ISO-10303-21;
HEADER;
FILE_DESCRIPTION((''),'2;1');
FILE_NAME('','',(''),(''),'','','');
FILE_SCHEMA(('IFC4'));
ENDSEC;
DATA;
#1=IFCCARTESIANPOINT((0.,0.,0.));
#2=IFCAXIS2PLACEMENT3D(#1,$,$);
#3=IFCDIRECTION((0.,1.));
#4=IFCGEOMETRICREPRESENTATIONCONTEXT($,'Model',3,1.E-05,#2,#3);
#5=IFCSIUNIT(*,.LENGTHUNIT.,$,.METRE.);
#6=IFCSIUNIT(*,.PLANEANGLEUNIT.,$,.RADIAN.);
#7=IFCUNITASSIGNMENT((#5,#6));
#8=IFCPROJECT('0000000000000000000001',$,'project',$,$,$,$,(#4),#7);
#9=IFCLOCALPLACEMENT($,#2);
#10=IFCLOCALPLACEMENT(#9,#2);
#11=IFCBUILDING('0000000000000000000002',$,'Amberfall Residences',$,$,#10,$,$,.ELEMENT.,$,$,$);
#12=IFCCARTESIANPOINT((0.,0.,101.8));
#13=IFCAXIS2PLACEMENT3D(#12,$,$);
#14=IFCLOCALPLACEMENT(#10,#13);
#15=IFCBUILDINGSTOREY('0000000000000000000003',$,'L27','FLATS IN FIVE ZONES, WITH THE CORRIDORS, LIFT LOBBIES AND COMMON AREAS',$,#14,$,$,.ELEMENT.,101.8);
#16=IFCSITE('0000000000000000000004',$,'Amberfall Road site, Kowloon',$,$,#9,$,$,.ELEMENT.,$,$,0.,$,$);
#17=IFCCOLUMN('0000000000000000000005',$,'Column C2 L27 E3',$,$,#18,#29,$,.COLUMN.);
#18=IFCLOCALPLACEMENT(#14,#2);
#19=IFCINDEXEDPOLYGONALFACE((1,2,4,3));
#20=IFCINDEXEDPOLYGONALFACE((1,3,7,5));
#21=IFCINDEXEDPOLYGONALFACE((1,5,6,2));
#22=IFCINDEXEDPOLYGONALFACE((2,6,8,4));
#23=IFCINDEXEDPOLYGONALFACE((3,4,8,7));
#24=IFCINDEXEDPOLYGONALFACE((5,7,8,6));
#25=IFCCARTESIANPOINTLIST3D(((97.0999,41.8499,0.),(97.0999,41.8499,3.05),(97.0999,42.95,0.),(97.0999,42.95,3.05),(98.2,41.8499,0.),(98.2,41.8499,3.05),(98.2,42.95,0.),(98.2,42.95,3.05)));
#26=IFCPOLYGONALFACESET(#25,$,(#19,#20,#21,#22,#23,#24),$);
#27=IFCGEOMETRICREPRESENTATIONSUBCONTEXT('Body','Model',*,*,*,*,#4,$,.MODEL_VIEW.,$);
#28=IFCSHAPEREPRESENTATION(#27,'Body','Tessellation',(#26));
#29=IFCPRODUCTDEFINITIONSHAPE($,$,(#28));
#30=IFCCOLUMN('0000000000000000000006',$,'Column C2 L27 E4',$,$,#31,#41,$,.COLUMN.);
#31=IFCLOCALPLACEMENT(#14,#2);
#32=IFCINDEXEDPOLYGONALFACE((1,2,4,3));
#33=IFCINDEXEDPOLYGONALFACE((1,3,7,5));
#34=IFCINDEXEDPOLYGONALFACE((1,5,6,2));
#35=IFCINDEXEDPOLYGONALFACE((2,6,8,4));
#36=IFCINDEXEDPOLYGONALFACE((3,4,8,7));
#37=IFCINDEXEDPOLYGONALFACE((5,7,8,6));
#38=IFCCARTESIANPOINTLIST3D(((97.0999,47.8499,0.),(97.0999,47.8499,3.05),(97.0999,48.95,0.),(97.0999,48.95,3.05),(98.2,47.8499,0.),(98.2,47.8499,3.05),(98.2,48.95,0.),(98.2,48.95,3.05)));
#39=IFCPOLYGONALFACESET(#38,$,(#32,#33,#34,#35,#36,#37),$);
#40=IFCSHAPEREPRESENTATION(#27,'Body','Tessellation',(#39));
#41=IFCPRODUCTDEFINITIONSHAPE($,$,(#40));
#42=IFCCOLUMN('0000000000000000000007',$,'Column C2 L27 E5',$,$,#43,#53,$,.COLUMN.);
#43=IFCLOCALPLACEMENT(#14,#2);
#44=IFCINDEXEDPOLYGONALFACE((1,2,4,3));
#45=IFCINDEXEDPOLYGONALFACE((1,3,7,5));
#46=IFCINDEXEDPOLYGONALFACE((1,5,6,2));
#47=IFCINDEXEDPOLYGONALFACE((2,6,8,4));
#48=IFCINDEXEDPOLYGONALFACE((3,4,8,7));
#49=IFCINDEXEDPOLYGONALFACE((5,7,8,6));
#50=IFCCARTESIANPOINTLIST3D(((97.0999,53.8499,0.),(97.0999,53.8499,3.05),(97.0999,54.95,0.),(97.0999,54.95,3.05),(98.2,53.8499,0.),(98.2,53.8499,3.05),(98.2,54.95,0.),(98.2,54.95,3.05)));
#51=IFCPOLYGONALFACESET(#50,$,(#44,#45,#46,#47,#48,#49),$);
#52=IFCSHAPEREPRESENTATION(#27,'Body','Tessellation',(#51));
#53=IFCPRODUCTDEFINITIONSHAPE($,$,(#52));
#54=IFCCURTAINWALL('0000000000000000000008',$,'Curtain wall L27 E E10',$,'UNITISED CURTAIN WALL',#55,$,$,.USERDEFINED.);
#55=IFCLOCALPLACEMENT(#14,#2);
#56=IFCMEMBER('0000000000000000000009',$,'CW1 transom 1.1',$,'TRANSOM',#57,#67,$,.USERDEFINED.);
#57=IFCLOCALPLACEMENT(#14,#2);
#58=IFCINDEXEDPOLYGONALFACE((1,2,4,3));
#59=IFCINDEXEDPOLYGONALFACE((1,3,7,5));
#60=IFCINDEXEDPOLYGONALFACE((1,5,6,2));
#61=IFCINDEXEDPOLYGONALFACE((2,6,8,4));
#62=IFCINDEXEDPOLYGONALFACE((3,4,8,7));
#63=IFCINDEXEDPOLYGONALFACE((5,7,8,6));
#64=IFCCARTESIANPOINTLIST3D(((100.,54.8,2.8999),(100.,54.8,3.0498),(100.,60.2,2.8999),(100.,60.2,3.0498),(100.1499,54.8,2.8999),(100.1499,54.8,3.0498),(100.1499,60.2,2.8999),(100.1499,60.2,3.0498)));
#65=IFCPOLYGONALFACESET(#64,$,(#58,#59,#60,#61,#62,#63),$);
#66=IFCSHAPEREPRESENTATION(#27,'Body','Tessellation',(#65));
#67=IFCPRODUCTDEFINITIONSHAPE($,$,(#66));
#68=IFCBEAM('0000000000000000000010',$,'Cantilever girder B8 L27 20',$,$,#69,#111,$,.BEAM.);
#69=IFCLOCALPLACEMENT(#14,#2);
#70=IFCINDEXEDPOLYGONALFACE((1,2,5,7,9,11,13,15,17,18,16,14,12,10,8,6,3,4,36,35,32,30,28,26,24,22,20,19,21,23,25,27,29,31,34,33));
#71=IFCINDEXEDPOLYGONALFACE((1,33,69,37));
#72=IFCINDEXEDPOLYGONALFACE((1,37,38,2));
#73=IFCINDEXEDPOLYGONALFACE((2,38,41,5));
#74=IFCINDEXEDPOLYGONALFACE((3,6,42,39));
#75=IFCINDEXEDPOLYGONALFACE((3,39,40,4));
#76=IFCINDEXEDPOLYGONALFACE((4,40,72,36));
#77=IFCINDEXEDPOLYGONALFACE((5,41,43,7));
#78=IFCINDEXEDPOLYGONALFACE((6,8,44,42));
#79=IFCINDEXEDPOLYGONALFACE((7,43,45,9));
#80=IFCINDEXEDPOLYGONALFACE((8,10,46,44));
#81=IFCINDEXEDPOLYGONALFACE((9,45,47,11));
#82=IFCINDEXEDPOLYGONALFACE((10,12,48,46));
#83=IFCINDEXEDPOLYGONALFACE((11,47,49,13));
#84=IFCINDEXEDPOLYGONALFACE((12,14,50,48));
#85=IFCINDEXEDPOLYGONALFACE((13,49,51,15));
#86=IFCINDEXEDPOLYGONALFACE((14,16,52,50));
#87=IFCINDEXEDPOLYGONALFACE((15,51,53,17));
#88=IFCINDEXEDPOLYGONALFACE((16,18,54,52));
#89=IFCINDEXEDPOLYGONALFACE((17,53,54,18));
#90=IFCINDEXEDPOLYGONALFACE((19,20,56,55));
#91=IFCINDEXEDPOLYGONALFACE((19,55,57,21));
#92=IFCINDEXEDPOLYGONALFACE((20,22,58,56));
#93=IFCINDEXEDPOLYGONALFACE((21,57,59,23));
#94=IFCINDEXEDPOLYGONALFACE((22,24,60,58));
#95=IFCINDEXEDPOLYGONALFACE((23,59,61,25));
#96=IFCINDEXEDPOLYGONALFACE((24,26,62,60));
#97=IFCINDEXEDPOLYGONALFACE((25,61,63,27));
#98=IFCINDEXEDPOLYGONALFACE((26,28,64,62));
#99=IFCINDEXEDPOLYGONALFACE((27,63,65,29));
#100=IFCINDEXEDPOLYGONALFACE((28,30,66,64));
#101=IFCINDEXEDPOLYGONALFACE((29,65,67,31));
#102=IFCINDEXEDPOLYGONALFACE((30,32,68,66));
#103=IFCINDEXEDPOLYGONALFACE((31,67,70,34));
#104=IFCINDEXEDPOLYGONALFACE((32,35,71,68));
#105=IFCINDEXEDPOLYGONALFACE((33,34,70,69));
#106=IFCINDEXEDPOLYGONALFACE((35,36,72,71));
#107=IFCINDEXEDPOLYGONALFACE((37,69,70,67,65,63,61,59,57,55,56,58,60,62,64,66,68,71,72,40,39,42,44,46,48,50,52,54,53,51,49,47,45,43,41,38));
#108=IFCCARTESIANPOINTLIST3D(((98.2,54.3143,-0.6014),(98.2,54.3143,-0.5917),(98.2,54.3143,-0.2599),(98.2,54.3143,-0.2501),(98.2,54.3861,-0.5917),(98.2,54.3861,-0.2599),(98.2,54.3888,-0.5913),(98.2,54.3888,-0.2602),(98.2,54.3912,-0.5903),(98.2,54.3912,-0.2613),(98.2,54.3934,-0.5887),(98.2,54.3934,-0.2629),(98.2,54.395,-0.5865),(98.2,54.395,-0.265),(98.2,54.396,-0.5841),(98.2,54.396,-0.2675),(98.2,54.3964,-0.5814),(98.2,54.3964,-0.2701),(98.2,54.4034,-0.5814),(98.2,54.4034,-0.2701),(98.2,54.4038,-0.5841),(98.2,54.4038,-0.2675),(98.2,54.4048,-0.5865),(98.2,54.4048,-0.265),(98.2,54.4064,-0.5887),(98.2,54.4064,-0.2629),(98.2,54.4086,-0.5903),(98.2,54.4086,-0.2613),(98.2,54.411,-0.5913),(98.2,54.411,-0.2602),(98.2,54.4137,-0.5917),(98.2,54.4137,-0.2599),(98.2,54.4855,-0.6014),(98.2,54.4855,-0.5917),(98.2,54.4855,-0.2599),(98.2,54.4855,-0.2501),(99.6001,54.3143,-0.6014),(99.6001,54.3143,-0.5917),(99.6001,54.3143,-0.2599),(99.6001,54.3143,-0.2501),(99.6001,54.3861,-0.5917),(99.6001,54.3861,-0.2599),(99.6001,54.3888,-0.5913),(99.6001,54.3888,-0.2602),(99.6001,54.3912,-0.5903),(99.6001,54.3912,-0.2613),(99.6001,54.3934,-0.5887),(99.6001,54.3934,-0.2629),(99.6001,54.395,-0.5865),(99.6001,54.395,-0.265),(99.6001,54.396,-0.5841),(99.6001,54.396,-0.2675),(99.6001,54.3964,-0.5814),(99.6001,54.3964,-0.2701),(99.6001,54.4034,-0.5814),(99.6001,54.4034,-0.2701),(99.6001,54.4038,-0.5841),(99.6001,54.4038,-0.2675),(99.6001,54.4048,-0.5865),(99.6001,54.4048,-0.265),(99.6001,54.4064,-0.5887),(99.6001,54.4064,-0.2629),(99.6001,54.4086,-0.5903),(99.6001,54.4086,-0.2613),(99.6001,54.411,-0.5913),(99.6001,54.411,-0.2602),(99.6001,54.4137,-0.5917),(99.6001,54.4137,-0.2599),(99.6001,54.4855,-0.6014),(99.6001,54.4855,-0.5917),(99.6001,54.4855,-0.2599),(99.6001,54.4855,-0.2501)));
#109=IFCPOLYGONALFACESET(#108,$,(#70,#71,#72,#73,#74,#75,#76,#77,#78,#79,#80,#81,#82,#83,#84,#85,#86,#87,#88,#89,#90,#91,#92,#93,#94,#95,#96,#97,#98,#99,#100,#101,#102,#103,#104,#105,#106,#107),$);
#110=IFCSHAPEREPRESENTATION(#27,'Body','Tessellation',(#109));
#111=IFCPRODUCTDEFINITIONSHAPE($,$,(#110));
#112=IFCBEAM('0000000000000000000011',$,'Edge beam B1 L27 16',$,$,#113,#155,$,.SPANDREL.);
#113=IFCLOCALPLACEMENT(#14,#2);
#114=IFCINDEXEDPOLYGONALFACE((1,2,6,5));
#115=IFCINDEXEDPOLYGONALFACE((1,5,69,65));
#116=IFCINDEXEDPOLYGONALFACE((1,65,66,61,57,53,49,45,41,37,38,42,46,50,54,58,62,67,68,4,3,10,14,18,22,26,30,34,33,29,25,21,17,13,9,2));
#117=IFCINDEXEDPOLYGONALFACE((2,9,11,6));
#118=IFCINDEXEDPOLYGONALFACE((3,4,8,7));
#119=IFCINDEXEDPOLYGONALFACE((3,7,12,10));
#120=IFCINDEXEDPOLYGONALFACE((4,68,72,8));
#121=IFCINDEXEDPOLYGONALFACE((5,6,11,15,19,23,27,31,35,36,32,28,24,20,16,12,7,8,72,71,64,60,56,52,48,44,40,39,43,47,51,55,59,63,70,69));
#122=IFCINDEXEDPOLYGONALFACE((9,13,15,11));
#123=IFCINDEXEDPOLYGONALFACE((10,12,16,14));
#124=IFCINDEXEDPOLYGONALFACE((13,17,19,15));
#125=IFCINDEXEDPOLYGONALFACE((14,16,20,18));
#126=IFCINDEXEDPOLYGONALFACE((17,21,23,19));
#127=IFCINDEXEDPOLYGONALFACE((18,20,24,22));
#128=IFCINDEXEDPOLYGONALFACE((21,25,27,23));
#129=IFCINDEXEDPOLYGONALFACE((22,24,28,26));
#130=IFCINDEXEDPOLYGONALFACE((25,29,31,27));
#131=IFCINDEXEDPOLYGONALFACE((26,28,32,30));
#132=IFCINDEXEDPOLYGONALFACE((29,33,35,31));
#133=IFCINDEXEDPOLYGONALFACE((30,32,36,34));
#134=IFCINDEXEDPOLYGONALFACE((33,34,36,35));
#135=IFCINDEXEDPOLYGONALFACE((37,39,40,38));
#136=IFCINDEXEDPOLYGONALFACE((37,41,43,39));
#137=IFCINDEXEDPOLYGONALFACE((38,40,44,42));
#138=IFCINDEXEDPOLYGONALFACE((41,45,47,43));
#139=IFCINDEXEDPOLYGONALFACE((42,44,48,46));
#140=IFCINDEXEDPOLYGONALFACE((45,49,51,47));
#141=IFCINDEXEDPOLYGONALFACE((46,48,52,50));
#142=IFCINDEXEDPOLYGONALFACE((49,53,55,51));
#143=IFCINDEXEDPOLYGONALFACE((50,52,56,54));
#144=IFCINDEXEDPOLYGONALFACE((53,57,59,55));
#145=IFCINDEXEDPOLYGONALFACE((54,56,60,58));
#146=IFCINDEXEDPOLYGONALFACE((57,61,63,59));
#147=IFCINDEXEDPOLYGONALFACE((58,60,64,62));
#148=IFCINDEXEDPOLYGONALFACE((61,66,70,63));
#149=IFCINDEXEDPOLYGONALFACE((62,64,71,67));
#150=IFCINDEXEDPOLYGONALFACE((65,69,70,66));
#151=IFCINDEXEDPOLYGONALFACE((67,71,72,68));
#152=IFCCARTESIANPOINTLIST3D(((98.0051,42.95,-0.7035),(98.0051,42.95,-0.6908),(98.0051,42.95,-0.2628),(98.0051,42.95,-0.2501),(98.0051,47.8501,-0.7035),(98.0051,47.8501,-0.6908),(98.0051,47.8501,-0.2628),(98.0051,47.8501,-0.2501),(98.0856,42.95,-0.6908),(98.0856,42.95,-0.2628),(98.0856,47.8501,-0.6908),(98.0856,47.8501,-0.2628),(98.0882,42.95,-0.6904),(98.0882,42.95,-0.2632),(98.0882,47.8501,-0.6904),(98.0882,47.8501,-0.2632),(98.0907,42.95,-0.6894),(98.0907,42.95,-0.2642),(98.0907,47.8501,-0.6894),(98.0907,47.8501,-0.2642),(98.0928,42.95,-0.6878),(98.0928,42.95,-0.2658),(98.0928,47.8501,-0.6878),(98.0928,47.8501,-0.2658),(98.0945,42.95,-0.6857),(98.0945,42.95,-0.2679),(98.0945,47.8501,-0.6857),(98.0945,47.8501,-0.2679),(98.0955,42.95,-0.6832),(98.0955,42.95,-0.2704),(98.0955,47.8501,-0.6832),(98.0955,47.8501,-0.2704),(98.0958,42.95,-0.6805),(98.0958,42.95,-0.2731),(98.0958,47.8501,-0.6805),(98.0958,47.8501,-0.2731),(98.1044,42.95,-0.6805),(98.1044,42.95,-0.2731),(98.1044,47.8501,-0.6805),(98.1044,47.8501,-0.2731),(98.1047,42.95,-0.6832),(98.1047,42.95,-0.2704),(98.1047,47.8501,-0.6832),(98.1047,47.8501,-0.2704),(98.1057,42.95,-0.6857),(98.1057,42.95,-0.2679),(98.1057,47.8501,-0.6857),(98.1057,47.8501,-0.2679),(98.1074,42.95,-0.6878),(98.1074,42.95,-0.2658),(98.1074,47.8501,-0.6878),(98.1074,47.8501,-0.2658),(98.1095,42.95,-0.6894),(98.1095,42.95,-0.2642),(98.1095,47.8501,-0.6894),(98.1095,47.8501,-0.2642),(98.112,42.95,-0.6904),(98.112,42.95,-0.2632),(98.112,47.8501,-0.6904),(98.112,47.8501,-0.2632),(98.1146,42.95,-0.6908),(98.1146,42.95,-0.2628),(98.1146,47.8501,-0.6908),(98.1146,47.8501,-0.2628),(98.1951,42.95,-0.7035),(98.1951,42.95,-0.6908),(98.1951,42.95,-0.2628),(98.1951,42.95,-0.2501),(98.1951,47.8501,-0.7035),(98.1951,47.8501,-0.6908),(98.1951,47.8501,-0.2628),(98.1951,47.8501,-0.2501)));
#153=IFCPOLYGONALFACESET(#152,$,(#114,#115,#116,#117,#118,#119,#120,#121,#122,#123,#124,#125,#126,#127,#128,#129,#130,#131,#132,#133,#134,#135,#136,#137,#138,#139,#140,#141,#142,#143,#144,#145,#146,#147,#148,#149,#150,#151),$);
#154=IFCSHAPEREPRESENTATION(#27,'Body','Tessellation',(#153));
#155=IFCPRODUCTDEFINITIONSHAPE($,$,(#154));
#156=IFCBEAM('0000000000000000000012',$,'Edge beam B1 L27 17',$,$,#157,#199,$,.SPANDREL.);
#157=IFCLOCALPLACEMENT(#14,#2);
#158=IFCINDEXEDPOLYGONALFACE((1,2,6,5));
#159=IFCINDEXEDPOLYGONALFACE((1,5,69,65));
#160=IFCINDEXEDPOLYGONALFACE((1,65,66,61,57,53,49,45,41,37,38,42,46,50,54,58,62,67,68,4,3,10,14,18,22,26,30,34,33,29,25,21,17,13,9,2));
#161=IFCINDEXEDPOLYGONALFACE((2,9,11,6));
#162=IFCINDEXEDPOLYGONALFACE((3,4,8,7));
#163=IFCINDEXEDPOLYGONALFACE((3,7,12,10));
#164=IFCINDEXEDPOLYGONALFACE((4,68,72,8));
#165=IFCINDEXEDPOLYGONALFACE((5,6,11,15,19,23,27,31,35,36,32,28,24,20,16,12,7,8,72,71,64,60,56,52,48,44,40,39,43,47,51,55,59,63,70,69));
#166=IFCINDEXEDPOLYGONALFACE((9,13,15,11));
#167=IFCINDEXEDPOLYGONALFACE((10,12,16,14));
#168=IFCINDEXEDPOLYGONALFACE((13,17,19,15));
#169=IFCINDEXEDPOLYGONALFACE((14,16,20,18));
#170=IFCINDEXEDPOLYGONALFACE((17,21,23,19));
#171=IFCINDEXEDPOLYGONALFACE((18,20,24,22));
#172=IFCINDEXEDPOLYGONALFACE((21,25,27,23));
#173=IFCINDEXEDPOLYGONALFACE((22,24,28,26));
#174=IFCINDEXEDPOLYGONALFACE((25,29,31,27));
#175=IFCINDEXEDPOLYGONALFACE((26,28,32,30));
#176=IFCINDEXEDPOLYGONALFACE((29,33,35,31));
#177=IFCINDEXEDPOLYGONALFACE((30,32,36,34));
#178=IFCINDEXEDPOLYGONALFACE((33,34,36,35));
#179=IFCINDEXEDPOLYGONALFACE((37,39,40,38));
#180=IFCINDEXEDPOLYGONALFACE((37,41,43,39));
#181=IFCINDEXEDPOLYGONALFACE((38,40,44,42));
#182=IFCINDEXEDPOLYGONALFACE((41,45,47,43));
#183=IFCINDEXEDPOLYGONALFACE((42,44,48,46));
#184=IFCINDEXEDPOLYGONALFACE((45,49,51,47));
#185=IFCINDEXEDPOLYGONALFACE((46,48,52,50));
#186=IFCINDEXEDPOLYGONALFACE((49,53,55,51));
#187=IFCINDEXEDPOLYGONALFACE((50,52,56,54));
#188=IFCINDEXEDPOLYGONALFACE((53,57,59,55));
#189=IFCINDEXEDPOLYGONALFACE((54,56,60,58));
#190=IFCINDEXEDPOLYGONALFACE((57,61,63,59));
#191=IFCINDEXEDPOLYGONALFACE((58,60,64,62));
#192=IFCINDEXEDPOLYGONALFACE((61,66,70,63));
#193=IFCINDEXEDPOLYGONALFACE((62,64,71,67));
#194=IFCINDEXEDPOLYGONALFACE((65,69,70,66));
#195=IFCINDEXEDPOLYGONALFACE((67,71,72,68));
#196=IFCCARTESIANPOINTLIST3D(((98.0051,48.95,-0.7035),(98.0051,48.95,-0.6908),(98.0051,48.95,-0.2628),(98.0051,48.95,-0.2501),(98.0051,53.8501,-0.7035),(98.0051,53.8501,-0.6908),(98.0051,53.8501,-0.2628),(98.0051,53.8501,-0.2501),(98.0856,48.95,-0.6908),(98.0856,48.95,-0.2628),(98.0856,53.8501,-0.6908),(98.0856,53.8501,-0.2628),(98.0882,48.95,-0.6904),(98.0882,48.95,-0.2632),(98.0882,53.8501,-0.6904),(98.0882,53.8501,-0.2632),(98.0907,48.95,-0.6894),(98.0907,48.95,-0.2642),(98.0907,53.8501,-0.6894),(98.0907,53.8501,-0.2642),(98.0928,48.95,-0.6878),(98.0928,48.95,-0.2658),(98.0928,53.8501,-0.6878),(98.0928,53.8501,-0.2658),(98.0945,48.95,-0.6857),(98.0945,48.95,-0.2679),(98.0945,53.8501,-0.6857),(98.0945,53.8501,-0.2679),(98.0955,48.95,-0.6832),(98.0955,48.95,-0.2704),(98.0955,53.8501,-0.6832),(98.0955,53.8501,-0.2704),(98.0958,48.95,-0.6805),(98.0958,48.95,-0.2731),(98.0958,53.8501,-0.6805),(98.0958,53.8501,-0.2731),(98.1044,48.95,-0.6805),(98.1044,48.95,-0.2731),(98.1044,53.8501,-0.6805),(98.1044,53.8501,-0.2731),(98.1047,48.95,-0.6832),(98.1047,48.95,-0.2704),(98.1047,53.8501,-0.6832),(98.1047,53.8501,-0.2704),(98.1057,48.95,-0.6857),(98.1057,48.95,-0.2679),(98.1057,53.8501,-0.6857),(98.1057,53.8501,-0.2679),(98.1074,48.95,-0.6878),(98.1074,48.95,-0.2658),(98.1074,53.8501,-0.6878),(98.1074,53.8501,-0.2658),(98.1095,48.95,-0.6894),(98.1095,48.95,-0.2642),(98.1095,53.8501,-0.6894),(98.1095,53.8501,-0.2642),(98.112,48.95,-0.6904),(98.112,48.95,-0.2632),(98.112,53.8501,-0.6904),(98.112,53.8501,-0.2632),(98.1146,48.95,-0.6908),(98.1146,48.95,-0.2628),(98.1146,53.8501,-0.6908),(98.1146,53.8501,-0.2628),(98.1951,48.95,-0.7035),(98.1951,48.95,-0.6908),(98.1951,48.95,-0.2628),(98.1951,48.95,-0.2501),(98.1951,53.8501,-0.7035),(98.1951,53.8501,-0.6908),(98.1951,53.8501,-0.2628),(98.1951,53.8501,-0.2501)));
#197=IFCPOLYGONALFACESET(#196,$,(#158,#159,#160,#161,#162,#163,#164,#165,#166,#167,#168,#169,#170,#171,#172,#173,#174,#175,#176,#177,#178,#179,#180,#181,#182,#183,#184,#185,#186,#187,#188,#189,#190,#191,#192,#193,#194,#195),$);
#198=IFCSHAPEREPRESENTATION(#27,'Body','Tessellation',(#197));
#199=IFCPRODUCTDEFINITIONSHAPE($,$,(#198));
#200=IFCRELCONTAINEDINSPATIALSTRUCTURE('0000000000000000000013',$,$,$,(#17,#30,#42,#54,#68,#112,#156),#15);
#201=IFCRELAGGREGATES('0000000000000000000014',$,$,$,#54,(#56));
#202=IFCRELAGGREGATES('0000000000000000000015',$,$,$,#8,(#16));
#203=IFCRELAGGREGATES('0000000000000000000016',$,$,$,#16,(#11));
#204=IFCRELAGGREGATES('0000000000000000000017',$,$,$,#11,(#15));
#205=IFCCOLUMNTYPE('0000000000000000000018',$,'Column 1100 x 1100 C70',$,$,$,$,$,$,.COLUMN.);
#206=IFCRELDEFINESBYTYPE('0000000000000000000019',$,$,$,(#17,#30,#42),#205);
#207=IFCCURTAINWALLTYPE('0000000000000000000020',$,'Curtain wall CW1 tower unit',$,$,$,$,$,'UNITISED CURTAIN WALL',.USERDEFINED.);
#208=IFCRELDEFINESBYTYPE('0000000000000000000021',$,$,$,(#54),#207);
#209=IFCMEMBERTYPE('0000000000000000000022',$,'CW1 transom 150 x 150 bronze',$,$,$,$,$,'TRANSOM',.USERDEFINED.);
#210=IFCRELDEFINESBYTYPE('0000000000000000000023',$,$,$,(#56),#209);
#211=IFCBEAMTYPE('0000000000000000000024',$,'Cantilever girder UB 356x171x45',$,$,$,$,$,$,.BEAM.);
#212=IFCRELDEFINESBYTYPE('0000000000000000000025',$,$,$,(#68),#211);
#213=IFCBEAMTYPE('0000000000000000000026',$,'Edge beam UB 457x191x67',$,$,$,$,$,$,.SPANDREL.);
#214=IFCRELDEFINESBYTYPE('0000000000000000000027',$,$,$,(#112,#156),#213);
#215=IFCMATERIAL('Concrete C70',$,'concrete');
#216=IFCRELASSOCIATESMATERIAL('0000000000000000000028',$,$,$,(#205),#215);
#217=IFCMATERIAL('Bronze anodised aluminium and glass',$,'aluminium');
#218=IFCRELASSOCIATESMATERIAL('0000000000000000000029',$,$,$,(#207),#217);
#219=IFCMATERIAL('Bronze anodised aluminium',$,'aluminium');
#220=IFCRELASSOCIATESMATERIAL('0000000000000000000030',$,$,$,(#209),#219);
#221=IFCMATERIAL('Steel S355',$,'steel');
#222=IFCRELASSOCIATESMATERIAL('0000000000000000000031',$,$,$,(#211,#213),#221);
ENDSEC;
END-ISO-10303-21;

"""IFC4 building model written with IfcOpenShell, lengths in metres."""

from ifc_helpers import new_model, si_unit, direction, frame, origin, origin_2d, place, context, subcontext, project, spatial, rectangle, i_section, extrude, material, material_profile, profile_set, type_object, element, aggregate, save


model = new_model("IFC4")

# Units and contexts
model_context = context("Model", 3, precision=1e-05, world=origin(), true_north=direction((0.0, 1.0)))
body_context = subcontext(model_context, "Body", "Model", "MODEL_VIEW")
ifc_project = project(units=[si_unit("LENGTHUNIT", "METRE"), si_unit("PLANEANGLEUNIT", "RADIAN")], contexts=[model_context])

# Site, building, storey
site_placement = place(None, origin())
site = spatial("IfcSite", under=ifc_project, at=site_placement, Name="Amberfall Road site, Kowloon", CompositionType="ELEMENT", RefElevation=0.0)
building_placement = place(site_placement, origin())
building = spatial("IfcBuilding", under=site, at=building_placement, Name="Amberfall Residences", CompositionType="ELEMENT")
storey_placement = place(building_placement, frame((0.0, 0.0, 101.8)))
storey = spatial("IfcBuildingStorey", under=building, at=storey_placement, Name="L27", Description="FLATS IN FIVE ZONES, WITH THE CORRIDORS, LIFT LOBBIES AND COMMON AREAS", CompositionType="ELEMENT", Elevation=101.8)

# Columns
ifc_material_1 = material(Name="Concrete C70", Category="concrete")
ifc_material_profile_1 = material_profile(ifc_material_1, rectangle(XDim=1.1001, YDim=1.1001, at=origin_2d()), Name="Column 1100 x 1100 C70")
ifc_profile_set_1 = profile_set([ifc_material_profile_1], Name="Concrete C70")
column_type = type_object("IfcColumnType", Name="Column 1100 x 1100 C70", PredefinedType="COLUMN", material=ifc_profile_set_1)
for number, where, z_axis, x_axis, name in (
    (1, (97.6499, 42.3999, 0.0), (0.0, 0.0, 1.0), (1.0, 0.0, 0.0), "Column C2 L27 E3"),
    (2, (97.6499, 48.3999, 0.0), (0.0, 0.0, 1.0), (1.0, 0.0, 0.0), "Column C2 L27 E4"),
    (3, (97.6499, 54.3999, 0.0), (0.0, 0.0, 1.0), (1.0, 0.0, 0.0), "Column C2 L27 E5"),
):
    element("IfcColumn", number, at=place(storey_placement, frame(where, z_axis=z_axis, x_axis=x_axis)), inside=storey, type_object=column_type, Name=name, PredefinedType="COLUMN", context=body_context, shape_type="SweptSolid", body=[
        extrude(rectangle(XDim=1.1001, YDim=1.1001, at=origin_2d()), origin(), (0.0, 0.0, 1.0), 3.05),
    ])

# Curtain wall, member
ifc_material_2 = material(Name="Bronze anodised aluminium and glass", Category="aluminium")
curtain_wall_type = type_object("IfcCurtainWallType", Name="Curtain wall CW1 tower unit", ElementType="UNITISED CURTAIN WALL", PredefinedType="USERDEFINED", material=ifc_material_2)
curtain_wall_placement = place(storey_placement, origin())
curtain_wall = element("IfcCurtainWall", 4, at=curtain_wall_placement, inside=storey, type_object=curtain_wall_type, Name="Curtain wall L27 E E10", ObjectType="UNITISED CURTAIN WALL", PredefinedType="USERDEFINED")
ifc_material_3 = material(Name="Bronze anodised aluminium", Category="aluminium")
ifc_material_profile_2 = material_profile(ifc_material_3, rectangle(XDim=0.1499, YDim=0.1499, at=origin_2d()), Name="CW1 transom 150 x 150 bronze")
ifc_profile_set_2 = profile_set([ifc_material_profile_2], Name="Bronze anodised aluminium")
member_type_1 = type_object("IfcMemberType", Name="CW1 transom 150 x 150 bronze", ElementType="TRANSOM", PredefinedType="USERDEFINED", material=ifc_profile_set_2)
member_1_placement = place(storey_placement, frame((100.075, 54.8, 2.9749), z_axis=(0.0, 1.0, 0.0), x_axis=(-1.0, 0.0, 0.0)))
member_1 = element("IfcMember", 5, at=member_1_placement, type_object=member_type_1, Name="CW1 transom 1.1", ObjectType="TRANSOM", PredefinedType="USERDEFINED", context=body_context, shape_type="SweptSolid", body=[
    extrude(rectangle(XDim=0.1499, YDim=0.1499, at=origin_2d()), origin(), (0.0, 0.0, 1.0), 5.3999),
])

# Beams
ifc_material_4 = material(Name="Steel S355", Category="steel")
ifc_material_profile_3 = material_profile(ifc_material_4, i_section(OverallWidth=0.1711, OverallDepth=0.3513, WebThickness=0.0071, FlangeThickness=0.0098, FilletRadius=0.0103, at=origin_2d()), Name="UB 356x171x45")
ifc_profile_set_3 = profile_set([ifc_material_profile_3], Name="Steel S355")
beam_type_1 = type_object("IfcBeamType", Name="Cantilever girder UB 356x171x45", PredefinedType="BEAM", material=ifc_profile_set_3)
beam_1_placement = place(storey_placement, frame((98.2, 54.3999, -0.4258), z_axis=(1.0, 0.0, 0.0), x_axis=(0.0, 1.0, 0.0)))
element("IfcBeam", 6, at=beam_1_placement, inside=storey, type_object=beam_type_1, Name="Cantilever girder B8 L27 20", PredefinedType="BEAM", context=body_context, shape_type="SweptSolid", body=[
    extrude(i_section(OverallWidth=0.1711, OverallDepth=0.3513, WebThickness=0.0071, FlangeThickness=0.0098, FilletRadius=0.0103, at=origin_2d()), origin(), (0.0, 0.0, 1.0), 1.4001),
])
ifc_material_profile_4 = material_profile(ifc_material_4, i_section(OverallWidth=0.1899, OverallDepth=0.4534, WebThickness=0.0085, FlangeThickness=0.0127, FilletRadius=0.0103, at=origin_2d()), Name="UB 457x191x67")
ifc_profile_set_4 = profile_set([ifc_material_profile_4], Name="Steel S355")
beam_type_2 = type_object("IfcBeamType", Name="Edge beam UB 457x191x67", PredefinedType="SPANDREL", material=ifc_profile_set_4)
for number, where, z_axis, x_axis, name in (
    (7, (98.1001, 42.95, -0.4768), (0.0, 1.0, 0.0), (-1.0, 0.0, 0.0), "Edge beam B1 L27 16"),
    (8, (98.1001, 48.95, -0.4768), (0.0, 1.0, 0.0), (-1.0, 0.0, 0.0), "Edge beam B1 L27 17"),
):
    element("IfcBeam", number, at=place(storey_placement, frame(where, z_axis=z_axis, x_axis=x_axis)), inside=storey, type_object=beam_type_2, Name=name, PredefinedType="SPANDREL", context=body_context, shape_type="SweptSolid", body=[
        extrude(i_section(OverallWidth=0.1899, OverallDepth=0.4534, WebThickness=0.0085, FlangeThickness=0.0127, FilletRadius=0.0103, at=origin_2d()), origin(), (0.0, 0.0, 1.0), 4.9001),
    ])

aggregate(curtain_wall, [member_1])

save(model, "model.ifc")
